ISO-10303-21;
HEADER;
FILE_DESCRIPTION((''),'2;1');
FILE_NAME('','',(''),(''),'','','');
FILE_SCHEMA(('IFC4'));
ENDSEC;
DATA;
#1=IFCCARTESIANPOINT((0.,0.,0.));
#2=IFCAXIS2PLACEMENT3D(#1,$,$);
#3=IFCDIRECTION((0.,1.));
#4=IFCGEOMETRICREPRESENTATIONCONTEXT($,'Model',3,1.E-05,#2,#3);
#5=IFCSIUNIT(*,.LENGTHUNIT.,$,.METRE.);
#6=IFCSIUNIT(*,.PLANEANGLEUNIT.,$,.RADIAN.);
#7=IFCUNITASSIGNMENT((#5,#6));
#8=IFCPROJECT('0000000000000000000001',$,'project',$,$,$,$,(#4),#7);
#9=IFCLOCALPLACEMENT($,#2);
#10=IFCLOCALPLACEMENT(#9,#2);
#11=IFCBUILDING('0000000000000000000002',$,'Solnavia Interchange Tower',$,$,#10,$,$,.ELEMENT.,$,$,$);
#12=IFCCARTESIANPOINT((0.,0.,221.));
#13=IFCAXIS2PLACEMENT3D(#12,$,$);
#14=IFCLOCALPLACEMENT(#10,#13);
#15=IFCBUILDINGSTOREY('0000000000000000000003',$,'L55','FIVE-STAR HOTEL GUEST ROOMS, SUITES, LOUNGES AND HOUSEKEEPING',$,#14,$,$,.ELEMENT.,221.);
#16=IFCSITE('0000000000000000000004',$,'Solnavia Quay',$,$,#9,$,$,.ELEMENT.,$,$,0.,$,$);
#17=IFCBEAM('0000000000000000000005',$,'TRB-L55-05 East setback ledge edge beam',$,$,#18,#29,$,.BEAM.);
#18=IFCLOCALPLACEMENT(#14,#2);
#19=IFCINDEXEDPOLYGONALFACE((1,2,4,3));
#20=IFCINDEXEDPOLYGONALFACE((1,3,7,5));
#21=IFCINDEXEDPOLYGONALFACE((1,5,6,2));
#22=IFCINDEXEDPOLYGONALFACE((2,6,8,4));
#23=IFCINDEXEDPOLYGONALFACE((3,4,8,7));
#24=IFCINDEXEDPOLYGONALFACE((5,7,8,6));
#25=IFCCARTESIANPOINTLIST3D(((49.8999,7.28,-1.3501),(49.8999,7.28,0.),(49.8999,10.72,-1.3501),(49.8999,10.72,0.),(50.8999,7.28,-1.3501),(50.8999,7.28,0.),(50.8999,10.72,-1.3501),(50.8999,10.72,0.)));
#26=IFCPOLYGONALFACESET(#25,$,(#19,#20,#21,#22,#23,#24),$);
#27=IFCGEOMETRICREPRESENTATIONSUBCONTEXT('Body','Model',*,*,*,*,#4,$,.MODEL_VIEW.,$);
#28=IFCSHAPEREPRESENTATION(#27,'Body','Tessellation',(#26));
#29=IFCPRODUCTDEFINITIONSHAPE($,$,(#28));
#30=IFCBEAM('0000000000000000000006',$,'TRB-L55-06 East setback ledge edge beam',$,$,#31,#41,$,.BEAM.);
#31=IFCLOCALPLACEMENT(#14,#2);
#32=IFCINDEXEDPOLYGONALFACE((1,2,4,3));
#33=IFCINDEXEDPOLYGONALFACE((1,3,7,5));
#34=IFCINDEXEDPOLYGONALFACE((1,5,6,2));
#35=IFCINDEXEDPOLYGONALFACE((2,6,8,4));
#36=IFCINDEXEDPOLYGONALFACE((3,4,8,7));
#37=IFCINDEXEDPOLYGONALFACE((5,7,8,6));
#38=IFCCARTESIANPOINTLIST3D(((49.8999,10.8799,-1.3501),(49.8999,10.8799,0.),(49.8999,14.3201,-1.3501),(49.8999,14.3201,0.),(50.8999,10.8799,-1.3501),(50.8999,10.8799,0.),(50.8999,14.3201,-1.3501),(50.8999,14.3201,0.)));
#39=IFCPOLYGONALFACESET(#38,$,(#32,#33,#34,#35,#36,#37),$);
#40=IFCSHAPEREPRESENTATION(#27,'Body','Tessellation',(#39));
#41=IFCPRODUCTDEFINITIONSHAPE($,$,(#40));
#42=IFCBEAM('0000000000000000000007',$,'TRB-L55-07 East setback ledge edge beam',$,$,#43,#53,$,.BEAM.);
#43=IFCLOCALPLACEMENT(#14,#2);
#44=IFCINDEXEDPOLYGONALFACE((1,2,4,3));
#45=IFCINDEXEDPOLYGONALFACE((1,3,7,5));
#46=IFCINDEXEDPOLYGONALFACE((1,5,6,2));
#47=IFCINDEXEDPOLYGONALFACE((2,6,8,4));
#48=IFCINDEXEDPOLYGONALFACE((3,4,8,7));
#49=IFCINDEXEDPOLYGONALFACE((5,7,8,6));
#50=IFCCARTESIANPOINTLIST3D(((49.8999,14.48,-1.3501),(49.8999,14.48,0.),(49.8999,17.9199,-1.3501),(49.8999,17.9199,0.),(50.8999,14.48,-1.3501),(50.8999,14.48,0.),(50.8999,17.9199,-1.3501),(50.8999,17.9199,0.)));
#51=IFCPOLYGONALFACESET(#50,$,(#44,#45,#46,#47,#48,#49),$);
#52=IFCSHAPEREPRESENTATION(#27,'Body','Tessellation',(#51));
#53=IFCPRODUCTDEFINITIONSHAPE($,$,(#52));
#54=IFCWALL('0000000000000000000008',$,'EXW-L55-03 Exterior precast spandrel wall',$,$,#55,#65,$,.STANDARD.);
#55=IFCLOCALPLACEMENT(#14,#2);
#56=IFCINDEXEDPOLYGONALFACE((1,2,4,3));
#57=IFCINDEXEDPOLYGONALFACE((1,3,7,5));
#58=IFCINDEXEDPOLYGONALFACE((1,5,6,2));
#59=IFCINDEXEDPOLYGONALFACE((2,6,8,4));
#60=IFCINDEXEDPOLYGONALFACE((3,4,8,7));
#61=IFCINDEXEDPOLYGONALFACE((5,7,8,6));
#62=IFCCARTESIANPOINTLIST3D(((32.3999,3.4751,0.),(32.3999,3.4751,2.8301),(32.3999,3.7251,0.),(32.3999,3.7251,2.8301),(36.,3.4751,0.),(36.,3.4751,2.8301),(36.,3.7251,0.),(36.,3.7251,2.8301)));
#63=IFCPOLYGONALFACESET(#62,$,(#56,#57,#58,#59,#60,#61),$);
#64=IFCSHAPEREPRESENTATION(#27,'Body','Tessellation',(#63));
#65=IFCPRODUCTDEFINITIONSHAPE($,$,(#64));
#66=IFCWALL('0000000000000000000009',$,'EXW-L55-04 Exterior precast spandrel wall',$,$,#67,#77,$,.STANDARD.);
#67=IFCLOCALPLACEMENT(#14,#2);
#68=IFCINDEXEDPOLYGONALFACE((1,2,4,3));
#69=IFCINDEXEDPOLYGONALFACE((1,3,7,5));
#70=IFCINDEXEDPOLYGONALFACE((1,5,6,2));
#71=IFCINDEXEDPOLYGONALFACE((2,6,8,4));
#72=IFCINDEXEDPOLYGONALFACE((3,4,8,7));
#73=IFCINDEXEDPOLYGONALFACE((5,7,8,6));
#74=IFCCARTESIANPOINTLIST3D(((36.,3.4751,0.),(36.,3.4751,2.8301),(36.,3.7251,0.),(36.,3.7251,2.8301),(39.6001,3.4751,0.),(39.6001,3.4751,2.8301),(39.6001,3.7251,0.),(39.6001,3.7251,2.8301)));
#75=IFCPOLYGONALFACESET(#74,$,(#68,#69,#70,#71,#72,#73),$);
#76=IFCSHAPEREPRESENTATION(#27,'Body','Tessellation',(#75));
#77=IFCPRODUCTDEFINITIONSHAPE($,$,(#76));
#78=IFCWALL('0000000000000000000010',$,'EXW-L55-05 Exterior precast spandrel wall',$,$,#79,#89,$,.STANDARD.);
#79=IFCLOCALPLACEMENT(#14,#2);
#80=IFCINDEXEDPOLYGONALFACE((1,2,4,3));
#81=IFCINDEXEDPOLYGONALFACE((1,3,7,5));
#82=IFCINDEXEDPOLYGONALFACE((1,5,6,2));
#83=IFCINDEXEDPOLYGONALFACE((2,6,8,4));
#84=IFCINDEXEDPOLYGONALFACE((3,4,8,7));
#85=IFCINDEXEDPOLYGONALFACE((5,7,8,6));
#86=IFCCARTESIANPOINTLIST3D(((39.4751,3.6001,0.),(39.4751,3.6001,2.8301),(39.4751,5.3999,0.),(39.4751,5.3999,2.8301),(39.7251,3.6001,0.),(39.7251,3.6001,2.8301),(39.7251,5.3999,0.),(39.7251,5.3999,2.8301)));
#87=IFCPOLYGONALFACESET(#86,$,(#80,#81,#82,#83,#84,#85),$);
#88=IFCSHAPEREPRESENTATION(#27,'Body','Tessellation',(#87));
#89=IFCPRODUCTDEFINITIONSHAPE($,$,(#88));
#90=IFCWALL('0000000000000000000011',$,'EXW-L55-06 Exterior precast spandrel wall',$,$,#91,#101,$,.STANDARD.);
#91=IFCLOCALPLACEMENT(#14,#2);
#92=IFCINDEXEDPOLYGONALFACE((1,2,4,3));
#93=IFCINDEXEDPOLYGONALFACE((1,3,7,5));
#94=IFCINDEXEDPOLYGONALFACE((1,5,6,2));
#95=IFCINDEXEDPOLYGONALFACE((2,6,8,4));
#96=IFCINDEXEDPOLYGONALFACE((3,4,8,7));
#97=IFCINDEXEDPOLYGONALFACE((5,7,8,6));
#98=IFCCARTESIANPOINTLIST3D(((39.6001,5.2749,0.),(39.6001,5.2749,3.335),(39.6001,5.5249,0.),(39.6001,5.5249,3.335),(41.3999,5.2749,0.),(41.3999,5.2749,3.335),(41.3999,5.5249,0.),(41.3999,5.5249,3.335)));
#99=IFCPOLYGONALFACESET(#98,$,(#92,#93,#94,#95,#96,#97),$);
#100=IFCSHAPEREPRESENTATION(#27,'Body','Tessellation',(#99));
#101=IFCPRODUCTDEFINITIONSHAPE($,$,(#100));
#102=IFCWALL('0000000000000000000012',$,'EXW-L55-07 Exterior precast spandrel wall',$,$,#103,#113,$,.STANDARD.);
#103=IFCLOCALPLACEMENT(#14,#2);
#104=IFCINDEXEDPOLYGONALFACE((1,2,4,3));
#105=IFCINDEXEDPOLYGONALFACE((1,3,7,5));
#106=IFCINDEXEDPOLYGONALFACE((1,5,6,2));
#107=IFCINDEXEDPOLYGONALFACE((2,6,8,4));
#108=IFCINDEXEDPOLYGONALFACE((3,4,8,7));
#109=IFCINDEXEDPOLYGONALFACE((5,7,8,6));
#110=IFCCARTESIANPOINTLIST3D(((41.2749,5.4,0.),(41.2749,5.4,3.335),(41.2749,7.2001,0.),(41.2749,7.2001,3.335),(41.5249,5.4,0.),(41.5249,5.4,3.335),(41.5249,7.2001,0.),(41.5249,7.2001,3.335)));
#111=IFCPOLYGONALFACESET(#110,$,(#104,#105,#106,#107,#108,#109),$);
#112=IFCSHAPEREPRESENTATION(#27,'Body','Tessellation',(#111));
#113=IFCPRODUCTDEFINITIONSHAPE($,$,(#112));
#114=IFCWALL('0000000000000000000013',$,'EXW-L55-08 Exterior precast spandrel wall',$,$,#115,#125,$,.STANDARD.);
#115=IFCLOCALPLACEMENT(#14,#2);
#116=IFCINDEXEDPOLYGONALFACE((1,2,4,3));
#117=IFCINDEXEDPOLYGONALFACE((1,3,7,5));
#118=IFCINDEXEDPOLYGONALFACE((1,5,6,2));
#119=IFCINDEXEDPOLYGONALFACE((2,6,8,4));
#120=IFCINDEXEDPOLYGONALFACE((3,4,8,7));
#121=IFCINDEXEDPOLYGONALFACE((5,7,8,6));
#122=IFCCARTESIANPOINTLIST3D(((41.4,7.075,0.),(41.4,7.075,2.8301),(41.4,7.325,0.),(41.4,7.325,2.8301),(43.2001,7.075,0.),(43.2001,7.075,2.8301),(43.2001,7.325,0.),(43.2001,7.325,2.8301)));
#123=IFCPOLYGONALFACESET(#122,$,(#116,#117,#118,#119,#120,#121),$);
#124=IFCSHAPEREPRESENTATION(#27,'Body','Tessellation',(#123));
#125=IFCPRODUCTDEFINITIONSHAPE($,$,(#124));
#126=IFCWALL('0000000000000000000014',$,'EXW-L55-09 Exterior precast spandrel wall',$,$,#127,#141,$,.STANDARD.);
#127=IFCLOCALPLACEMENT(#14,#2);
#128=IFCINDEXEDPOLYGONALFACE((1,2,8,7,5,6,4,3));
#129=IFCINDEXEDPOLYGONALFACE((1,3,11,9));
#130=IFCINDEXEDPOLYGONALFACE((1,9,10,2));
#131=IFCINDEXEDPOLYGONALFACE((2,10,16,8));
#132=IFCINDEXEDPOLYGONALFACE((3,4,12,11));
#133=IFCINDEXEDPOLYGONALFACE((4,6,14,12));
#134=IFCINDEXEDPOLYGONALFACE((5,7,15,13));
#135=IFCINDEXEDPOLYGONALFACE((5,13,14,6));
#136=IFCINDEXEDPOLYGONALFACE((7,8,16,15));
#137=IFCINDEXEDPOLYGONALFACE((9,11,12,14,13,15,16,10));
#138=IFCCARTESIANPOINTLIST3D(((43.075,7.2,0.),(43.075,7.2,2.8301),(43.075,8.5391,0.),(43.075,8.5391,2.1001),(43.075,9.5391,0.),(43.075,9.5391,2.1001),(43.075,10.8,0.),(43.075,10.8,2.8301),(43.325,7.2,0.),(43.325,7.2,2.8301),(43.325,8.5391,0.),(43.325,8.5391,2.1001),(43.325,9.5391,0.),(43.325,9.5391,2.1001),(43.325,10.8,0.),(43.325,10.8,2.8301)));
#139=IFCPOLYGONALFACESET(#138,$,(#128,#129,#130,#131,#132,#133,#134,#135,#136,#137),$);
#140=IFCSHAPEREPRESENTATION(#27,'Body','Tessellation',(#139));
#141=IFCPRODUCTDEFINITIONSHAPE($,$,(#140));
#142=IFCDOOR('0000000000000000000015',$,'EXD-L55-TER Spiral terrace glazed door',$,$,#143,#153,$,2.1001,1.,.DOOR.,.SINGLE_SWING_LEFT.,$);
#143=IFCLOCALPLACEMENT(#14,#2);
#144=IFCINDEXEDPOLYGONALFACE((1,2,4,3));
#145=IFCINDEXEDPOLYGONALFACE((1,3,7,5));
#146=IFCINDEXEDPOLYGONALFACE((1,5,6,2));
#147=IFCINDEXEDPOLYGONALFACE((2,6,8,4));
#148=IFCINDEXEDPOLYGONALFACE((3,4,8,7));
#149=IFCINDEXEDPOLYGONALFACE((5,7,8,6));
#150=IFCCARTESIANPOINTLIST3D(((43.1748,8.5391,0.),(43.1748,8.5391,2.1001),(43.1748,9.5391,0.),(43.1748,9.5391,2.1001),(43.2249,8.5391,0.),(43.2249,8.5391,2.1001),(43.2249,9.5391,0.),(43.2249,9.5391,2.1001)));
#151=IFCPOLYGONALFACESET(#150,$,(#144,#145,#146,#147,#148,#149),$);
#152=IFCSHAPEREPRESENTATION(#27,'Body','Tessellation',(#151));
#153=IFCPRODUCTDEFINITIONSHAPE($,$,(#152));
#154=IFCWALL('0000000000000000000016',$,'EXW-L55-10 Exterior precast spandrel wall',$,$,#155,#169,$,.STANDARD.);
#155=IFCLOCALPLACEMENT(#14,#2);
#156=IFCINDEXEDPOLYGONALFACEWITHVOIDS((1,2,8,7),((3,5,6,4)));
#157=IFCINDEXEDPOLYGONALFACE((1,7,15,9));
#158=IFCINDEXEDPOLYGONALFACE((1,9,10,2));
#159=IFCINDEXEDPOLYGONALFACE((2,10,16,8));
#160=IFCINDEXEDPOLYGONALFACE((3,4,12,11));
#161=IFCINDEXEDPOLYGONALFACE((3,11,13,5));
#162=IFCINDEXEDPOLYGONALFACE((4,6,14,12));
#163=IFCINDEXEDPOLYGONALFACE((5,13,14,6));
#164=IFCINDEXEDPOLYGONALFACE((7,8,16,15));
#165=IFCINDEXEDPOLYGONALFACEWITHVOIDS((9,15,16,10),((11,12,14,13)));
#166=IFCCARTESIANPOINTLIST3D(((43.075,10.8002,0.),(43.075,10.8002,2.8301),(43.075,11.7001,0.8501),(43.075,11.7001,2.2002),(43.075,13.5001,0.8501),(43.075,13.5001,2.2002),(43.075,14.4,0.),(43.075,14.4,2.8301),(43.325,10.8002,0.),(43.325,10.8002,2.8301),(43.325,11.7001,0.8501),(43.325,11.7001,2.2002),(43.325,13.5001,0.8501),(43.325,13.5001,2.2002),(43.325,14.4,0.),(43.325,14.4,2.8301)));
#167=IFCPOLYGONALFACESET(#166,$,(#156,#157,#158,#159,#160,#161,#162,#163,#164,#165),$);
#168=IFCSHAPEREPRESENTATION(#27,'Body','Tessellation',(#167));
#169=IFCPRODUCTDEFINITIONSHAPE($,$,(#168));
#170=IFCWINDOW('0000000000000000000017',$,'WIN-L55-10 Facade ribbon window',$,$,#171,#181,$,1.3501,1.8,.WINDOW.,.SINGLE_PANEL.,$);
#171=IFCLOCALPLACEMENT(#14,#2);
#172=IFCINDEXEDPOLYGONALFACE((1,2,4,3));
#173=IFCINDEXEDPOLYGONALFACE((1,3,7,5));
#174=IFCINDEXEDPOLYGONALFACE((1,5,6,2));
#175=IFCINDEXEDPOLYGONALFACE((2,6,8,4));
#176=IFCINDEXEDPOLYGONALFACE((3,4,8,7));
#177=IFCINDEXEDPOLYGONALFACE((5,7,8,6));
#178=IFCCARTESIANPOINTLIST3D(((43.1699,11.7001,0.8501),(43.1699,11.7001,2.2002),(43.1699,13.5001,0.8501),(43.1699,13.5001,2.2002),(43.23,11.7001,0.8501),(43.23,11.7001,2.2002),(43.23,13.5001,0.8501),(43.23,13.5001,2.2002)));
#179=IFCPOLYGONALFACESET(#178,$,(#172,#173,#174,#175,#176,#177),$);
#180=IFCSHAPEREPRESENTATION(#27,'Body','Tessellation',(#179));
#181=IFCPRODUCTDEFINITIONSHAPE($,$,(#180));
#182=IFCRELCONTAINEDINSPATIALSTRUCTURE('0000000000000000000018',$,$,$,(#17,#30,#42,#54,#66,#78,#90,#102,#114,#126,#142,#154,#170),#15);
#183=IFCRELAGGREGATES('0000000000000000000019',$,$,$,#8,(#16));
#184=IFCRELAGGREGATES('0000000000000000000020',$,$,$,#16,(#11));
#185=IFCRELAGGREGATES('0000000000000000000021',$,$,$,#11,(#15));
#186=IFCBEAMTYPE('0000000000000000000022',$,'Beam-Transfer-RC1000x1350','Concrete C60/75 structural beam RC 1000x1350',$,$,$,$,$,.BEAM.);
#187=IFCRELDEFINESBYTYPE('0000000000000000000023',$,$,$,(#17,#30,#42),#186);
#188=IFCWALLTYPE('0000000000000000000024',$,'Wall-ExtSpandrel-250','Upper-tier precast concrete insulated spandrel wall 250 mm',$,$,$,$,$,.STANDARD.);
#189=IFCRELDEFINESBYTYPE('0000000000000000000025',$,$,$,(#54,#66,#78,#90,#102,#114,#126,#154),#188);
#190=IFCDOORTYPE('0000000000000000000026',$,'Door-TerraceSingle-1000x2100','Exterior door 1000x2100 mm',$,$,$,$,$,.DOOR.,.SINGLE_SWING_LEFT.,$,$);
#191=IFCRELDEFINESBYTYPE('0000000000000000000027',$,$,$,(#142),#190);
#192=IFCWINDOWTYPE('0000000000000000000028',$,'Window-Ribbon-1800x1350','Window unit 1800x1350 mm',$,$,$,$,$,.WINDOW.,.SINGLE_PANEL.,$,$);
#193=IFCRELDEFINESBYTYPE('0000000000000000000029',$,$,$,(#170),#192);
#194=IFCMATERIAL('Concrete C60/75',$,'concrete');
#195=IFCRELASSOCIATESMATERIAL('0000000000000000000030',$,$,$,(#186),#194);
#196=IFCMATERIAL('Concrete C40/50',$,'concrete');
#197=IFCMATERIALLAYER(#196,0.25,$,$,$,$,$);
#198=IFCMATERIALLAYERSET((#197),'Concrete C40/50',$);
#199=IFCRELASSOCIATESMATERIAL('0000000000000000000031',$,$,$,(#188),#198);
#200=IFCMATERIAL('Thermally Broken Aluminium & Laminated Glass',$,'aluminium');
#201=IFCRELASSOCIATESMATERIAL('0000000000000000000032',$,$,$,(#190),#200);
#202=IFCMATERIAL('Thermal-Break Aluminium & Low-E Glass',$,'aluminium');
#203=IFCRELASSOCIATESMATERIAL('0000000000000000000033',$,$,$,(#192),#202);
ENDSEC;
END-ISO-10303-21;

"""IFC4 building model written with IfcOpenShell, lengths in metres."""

from ifc_helpers import new_model, si_unit, direction, frame, frame_2d, origin, origin_2d, place, context, subcontext, project, spatial, rectangle, extrude, material, layer, layer_set, material_profile, profile_set, type_object, element, fill, save


model = new_model("IFC4")

# Units and contexts
model_context = context("Model", 3, precision=1e-05, world=origin(), true_north=direction((0.0, 1.0)))
body_context = subcontext(model_context, "Body", "Model", "MODEL_VIEW")
ifc_project = project(units=[si_unit("LENGTHUNIT", "METRE"), si_unit("PLANEANGLEUNIT", "RADIAN")], contexts=[model_context])

# Site, building, storey
site_placement = place(None, origin())
site = spatial("IfcSite", under=ifc_project, at=site_placement, Name="Solnavia Quay", CompositionType="ELEMENT", RefElevation=0.0)
building_placement = place(site_placement, origin())
building = spatial("IfcBuilding", under=site, at=building_placement, Name="Solnavia Interchange Tower", CompositionType="ELEMENT")
storey_placement = place(building_placement, frame((0.0, 0.0, 221.0)))
storey = spatial("IfcBuildingStorey", under=building, at=storey_placement, Name="L55", Description="FIVE-STAR HOTEL GUEST ROOMS, SUITES, LOUNGES AND HOUSEKEEPING", CompositionType="ELEMENT", Elevation=221.0)

# Beams
ifc_material_1 = material(Name="Concrete C60/75", Category="concrete")
ifc_material_profile_1 = material_profile(ifc_material_1, rectangle(XDim=1.0, YDim=1.3501, at=origin_2d()), Name="RC 1000x1350")
ifc_profile_set_1 = profile_set([ifc_material_profile_1], Name="Concrete C60/75")
beam_type_1 = type_object("IfcBeamType", Name="Beam-Transfer-RC1000x1350", Description="Concrete C60/75 structural beam RC 1000x1350", PredefinedType="BEAM", material=ifc_profile_set_1)
beam_1_placement = place(storey_placement, frame((50.3999, 7.28, -0.675), z_axis=(0.0, 1.0, 0.0), x_axis=(-1.0, 0.0, 0.0)))
element("IfcBeam", 1, at=beam_1_placement, inside=storey, type_object=beam_type_1, Name="TRB-L55-05 East setback ledge edge beam", PredefinedType="BEAM", context=body_context, shape_type="SweptSolid", body=[
    extrude(rectangle(XDim=1.0, YDim=1.3501, at=origin_2d()), origin(), (0.0, 0.0, 1.0), 3.4399),
])
beam_2_placement = place(storey_placement, frame((50.3999, 10.8799, -0.675), z_axis=(0.0, 1.0, 0.0), x_axis=(-1.0, 0.0, 0.0)))
element("IfcBeam", 2, at=beam_2_placement, inside=storey, type_object=beam_type_1, Name="TRB-L55-06 East setback ledge edge beam", PredefinedType="BEAM", context=body_context, shape_type="SweptSolid", body=[
    extrude(rectangle(XDim=1.0, YDim=1.3501, at=origin_2d()), origin(), (0.0, 0.0, 1.0), 3.4402),
])
beam_3_placement = place(storey_placement, frame((50.3999, 14.48, -0.675), z_axis=(0.0, 1.0, 0.0), x_axis=(-1.0, 0.0, 0.0)))
element("IfcBeam", 3, at=beam_3_placement, inside=storey, type_object=beam_type_1, Name="TRB-L55-07 East setback ledge edge beam", PredefinedType="BEAM", context=body_context, shape_type="SweptSolid", body=[
    extrude(rectangle(XDim=1.0, YDim=1.3501, at=origin_2d()), origin(), (0.0, 0.0, 1.0), 3.4399),
])

# Walls
ifc_material_2 = material(Name="Concrete C40/50", Category="concrete")
ifc_layer_1 = layer(ifc_material_2, 0.25)
ifc_layer_set_1 = layer_set([ifc_layer_1], Name="Concrete C40/50")
wall_type_1 = type_object("IfcWallType", Name="Wall-ExtSpandrel-250", Description="Upper-tier precast concrete insulated spandrel wall 250 mm", PredefinedType="STANDARD", material=ifc_layer_set_1)
for number, where, z_axis, x_axis, name in (
    (4, (36.0, 3.6001, 0.0), (0.0, 0.0, 1.0), (-1.0, 0.0, 0.0), "EXW-L55-03 Exterior precast spandrel wall"),
    (5, (39.6001, 3.6001, 0.0), (0.0, 0.0, 1.0), (-1.0, 0.0, 0.0), "EXW-L55-04 Exterior precast spandrel wall"),
):
    element("IfcWall", number, at=place(storey_placement, frame(where, z_axis=z_axis, x_axis=x_axis)), inside=storey, type_object=wall_type_1, Name=name, PredefinedType="STANDARD", context=body_context, shape_type="SweptSolid", body=[
        extrude(rectangle(XDim=3.6001, YDim=0.25, at=frame_2d((1.8, 0.0))), origin(), (0.0, 0.0, 1.0), 2.8301),
    ])
wall_1_placement = place(storey_placement, frame((39.6001, 5.3999, 0.0), z_axis=(0.0, 0.0, 1.0), x_axis=(0.0, -1.0, 0.0)))
element("IfcWall", 6, at=wall_1_placement, inside=storey, type_object=wall_type_1, Name="EXW-L55-05 Exterior precast spandrel wall", PredefinedType="STANDARD", context=body_context, shape_type="SweptSolid", body=[
    extrude(rectangle(XDim=1.7998, YDim=0.25, at=frame_2d((0.8999, 0.0))), origin(), (0.0, 0.0, 1.0), 2.8301),
])
wall_2_placement = place(storey_placement, frame((41.3999, 5.3999, 0.0), z_axis=(0.0, 0.0, 1.0), x_axis=(-1.0, 0.0, 0.0)))
element("IfcWall", 7, at=wall_2_placement, inside=storey, type_object=wall_type_1, Name="EXW-L55-06 Exterior precast spandrel wall", PredefinedType="STANDARD", context=body_context, shape_type="SweptSolid", body=[
    extrude(rectangle(XDim=1.7998, YDim=0.25, at=frame_2d((0.8999, 0.0))), origin(), (0.0, 0.0, 1.0), 3.335),
])
wall_3_placement = place(storey_placement, frame((41.3999, 7.2, 0.0), z_axis=(0.0, 0.0, 1.0), x_axis=(0.0, -1.0, 0.0)))
element("IfcWall", 8, at=wall_3_placement, inside=storey, type_object=wall_type_1, Name="EXW-L55-07 Exterior precast spandrel wall", PredefinedType="STANDARD", context=body_context, shape_type="SweptSolid", body=[
    extrude(rectangle(XDim=1.8, YDim=0.25, at=frame_2d((0.8999, 0.0))), origin(), (0.0, 0.0, 1.0), 3.335),
])
wall_4_placement = place(storey_placement, frame((43.2, 7.2, 0.0), z_axis=(0.0, 0.0, 1.0), x_axis=(-1.0, 0.0, 0.0)))
element("IfcWall", 9, at=wall_4_placement, inside=storey, type_object=wall_type_1, Name="EXW-L55-08 Exterior precast spandrel wall", PredefinedType="STANDARD", context=body_context, shape_type="SweptSolid", body=[
    extrude(rectangle(XDim=1.8, YDim=0.25, at=frame_2d((0.8999, 0.0))), origin(), (0.0, 0.0, 1.0), 2.8301),
])

# Wall, opening, door
wall_5_placement = place(storey_placement, frame((43.2, 10.8, 0.0), z_axis=(0.0, 0.0, 1.0), x_axis=(0.0, -1.0, 0.0)))
wall_5 = element("IfcWall", 10, at=wall_5_placement, inside=storey, type_object=wall_type_1, Name="EXW-L55-09 Exterior precast spandrel wall", PredefinedType="STANDARD", context=body_context, shape_type="SweptSolid", body=[
    extrude(rectangle(XDim=3.6001, YDim=0.25, at=frame_2d((1.8, 0.0))), origin(), (0.0, 0.0, 1.0), 2.8301),
])
opening_1_placement = place(wall_5_placement, frame((1.261, 0.0, 0.0)))
opening_1 = element("IfcOpeningElement", 11, at=opening_1_placement, cuts=wall_5, PredefinedType="OPENING", context=body_context, shape_type="SweptSolid", body=[
    extrude(rectangle(XDim=1.0, YDim=2.1001, at=frame_2d((0.5, 1.05))), frame((0.0, 0.135, 0.0), z_axis=(0.0, -1.0, 0.0), x_axis=(1.0, 0.0, 0.0)), (0.0, 0.0, 1.0), 0.27),
])
ifc_material_3 = material(Name="Thermally Broken Aluminium & Laminated Glass", Category="aluminium")
door_type = type_object("IfcDoorType", Name="Door-TerraceSingle-1000x2100", Description="Exterior door 1000x2100 mm", OperationType="SINGLE_SWING_LEFT", PredefinedType="DOOR", material=ifc_material_3)
door_placement = place(opening_1_placement, origin())
door = element("IfcDoor", 12, at=door_placement, inside=storey, type_object=door_type, Name="EXD-L55-TER Spiral terrace glazed door", OperationType="SINGLE_SWING_LEFT", OverallHeight=2.1001, OverallWidth=1.0, PredefinedType="DOOR", context=body_context, shape_type="SweptSolid", body=[
    extrude(rectangle(XDim=1.0, YDim=2.1001, at=frame_2d((0.5, 1.05))), frame((0.0, 0.0249, 0.0), z_axis=(0.0, -1.0, 0.0), x_axis=(1.0, 0.0, 0.0)), (0.0, 0.0, 1.0), 0.05),
])
fill(opening_1, door)

# Wall, opening, window
wall_6_placement = place(storey_placement, frame((43.2, 14.3999, 0.0), z_axis=(0.0, 0.0, 1.0), x_axis=(0.0, -1.0, 0.0)))
wall_6 = element("IfcWall", 13, at=wall_6_placement, inside=storey, type_object=wall_type_1, Name="EXW-L55-10 Exterior precast spandrel wall", PredefinedType="STANDARD", context=body_context, shape_type="SweptSolid", body=[
    extrude(rectangle(XDim=3.5999, YDim=0.25, at=frame_2d((1.7998, 0.0))), origin(), (0.0, 0.0, 1.0), 2.8301),
])
opening_2_placement = place(wall_6_placement, frame((0.8999, 0.0, 0.8501)))
opening_2 = element("IfcOpeningElement", 14, at=opening_2_placement, cuts=wall_6, PredefinedType="OPENING", context=body_context, shape_type="SweptSolid", body=[
    extrude(rectangle(XDim=1.8, YDim=1.3501, at=frame_2d((0.8999, 0.675))), frame((0.0, 0.135, 0.0), z_axis=(0.0, -1.0, 0.0), x_axis=(1.0, 0.0, 0.0)), (0.0, 0.0, 1.0), 0.27),
])
ifc_material_4 = material(Name="Thermal-Break Aluminium & Low-E Glass", Category="aluminium")
window_type = type_object("IfcWindowType", Name="Window-Ribbon-1800x1350", Description="Window unit 1800x1350 mm", PartitioningType="SINGLE_PANEL", PredefinedType="WINDOW", material=ifc_material_4)
window_placement = place(opening_2_placement, origin())
window = element("IfcWindow", 15, at=window_placement, inside=storey, type_object=window_type, Name="WIN-L55-10 Facade ribbon window", OverallHeight=1.3501, OverallWidth=1.8, PartitioningType="SINGLE_PANEL", PredefinedType="WINDOW", context=body_context, shape_type="SweptSolid", body=[
    extrude(rectangle(XDim=1.8, YDim=1.3501, at=frame_2d((0.8999, 0.675))), frame((0.0, 0.03, 0.0), z_axis=(0.0, -1.0, 0.0), x_axis=(1.0, 0.0, 0.0)), (0.0, 0.0, 1.0), 0.0601),
])
fill(opening_2, window)

save(model, "model.ifc")
